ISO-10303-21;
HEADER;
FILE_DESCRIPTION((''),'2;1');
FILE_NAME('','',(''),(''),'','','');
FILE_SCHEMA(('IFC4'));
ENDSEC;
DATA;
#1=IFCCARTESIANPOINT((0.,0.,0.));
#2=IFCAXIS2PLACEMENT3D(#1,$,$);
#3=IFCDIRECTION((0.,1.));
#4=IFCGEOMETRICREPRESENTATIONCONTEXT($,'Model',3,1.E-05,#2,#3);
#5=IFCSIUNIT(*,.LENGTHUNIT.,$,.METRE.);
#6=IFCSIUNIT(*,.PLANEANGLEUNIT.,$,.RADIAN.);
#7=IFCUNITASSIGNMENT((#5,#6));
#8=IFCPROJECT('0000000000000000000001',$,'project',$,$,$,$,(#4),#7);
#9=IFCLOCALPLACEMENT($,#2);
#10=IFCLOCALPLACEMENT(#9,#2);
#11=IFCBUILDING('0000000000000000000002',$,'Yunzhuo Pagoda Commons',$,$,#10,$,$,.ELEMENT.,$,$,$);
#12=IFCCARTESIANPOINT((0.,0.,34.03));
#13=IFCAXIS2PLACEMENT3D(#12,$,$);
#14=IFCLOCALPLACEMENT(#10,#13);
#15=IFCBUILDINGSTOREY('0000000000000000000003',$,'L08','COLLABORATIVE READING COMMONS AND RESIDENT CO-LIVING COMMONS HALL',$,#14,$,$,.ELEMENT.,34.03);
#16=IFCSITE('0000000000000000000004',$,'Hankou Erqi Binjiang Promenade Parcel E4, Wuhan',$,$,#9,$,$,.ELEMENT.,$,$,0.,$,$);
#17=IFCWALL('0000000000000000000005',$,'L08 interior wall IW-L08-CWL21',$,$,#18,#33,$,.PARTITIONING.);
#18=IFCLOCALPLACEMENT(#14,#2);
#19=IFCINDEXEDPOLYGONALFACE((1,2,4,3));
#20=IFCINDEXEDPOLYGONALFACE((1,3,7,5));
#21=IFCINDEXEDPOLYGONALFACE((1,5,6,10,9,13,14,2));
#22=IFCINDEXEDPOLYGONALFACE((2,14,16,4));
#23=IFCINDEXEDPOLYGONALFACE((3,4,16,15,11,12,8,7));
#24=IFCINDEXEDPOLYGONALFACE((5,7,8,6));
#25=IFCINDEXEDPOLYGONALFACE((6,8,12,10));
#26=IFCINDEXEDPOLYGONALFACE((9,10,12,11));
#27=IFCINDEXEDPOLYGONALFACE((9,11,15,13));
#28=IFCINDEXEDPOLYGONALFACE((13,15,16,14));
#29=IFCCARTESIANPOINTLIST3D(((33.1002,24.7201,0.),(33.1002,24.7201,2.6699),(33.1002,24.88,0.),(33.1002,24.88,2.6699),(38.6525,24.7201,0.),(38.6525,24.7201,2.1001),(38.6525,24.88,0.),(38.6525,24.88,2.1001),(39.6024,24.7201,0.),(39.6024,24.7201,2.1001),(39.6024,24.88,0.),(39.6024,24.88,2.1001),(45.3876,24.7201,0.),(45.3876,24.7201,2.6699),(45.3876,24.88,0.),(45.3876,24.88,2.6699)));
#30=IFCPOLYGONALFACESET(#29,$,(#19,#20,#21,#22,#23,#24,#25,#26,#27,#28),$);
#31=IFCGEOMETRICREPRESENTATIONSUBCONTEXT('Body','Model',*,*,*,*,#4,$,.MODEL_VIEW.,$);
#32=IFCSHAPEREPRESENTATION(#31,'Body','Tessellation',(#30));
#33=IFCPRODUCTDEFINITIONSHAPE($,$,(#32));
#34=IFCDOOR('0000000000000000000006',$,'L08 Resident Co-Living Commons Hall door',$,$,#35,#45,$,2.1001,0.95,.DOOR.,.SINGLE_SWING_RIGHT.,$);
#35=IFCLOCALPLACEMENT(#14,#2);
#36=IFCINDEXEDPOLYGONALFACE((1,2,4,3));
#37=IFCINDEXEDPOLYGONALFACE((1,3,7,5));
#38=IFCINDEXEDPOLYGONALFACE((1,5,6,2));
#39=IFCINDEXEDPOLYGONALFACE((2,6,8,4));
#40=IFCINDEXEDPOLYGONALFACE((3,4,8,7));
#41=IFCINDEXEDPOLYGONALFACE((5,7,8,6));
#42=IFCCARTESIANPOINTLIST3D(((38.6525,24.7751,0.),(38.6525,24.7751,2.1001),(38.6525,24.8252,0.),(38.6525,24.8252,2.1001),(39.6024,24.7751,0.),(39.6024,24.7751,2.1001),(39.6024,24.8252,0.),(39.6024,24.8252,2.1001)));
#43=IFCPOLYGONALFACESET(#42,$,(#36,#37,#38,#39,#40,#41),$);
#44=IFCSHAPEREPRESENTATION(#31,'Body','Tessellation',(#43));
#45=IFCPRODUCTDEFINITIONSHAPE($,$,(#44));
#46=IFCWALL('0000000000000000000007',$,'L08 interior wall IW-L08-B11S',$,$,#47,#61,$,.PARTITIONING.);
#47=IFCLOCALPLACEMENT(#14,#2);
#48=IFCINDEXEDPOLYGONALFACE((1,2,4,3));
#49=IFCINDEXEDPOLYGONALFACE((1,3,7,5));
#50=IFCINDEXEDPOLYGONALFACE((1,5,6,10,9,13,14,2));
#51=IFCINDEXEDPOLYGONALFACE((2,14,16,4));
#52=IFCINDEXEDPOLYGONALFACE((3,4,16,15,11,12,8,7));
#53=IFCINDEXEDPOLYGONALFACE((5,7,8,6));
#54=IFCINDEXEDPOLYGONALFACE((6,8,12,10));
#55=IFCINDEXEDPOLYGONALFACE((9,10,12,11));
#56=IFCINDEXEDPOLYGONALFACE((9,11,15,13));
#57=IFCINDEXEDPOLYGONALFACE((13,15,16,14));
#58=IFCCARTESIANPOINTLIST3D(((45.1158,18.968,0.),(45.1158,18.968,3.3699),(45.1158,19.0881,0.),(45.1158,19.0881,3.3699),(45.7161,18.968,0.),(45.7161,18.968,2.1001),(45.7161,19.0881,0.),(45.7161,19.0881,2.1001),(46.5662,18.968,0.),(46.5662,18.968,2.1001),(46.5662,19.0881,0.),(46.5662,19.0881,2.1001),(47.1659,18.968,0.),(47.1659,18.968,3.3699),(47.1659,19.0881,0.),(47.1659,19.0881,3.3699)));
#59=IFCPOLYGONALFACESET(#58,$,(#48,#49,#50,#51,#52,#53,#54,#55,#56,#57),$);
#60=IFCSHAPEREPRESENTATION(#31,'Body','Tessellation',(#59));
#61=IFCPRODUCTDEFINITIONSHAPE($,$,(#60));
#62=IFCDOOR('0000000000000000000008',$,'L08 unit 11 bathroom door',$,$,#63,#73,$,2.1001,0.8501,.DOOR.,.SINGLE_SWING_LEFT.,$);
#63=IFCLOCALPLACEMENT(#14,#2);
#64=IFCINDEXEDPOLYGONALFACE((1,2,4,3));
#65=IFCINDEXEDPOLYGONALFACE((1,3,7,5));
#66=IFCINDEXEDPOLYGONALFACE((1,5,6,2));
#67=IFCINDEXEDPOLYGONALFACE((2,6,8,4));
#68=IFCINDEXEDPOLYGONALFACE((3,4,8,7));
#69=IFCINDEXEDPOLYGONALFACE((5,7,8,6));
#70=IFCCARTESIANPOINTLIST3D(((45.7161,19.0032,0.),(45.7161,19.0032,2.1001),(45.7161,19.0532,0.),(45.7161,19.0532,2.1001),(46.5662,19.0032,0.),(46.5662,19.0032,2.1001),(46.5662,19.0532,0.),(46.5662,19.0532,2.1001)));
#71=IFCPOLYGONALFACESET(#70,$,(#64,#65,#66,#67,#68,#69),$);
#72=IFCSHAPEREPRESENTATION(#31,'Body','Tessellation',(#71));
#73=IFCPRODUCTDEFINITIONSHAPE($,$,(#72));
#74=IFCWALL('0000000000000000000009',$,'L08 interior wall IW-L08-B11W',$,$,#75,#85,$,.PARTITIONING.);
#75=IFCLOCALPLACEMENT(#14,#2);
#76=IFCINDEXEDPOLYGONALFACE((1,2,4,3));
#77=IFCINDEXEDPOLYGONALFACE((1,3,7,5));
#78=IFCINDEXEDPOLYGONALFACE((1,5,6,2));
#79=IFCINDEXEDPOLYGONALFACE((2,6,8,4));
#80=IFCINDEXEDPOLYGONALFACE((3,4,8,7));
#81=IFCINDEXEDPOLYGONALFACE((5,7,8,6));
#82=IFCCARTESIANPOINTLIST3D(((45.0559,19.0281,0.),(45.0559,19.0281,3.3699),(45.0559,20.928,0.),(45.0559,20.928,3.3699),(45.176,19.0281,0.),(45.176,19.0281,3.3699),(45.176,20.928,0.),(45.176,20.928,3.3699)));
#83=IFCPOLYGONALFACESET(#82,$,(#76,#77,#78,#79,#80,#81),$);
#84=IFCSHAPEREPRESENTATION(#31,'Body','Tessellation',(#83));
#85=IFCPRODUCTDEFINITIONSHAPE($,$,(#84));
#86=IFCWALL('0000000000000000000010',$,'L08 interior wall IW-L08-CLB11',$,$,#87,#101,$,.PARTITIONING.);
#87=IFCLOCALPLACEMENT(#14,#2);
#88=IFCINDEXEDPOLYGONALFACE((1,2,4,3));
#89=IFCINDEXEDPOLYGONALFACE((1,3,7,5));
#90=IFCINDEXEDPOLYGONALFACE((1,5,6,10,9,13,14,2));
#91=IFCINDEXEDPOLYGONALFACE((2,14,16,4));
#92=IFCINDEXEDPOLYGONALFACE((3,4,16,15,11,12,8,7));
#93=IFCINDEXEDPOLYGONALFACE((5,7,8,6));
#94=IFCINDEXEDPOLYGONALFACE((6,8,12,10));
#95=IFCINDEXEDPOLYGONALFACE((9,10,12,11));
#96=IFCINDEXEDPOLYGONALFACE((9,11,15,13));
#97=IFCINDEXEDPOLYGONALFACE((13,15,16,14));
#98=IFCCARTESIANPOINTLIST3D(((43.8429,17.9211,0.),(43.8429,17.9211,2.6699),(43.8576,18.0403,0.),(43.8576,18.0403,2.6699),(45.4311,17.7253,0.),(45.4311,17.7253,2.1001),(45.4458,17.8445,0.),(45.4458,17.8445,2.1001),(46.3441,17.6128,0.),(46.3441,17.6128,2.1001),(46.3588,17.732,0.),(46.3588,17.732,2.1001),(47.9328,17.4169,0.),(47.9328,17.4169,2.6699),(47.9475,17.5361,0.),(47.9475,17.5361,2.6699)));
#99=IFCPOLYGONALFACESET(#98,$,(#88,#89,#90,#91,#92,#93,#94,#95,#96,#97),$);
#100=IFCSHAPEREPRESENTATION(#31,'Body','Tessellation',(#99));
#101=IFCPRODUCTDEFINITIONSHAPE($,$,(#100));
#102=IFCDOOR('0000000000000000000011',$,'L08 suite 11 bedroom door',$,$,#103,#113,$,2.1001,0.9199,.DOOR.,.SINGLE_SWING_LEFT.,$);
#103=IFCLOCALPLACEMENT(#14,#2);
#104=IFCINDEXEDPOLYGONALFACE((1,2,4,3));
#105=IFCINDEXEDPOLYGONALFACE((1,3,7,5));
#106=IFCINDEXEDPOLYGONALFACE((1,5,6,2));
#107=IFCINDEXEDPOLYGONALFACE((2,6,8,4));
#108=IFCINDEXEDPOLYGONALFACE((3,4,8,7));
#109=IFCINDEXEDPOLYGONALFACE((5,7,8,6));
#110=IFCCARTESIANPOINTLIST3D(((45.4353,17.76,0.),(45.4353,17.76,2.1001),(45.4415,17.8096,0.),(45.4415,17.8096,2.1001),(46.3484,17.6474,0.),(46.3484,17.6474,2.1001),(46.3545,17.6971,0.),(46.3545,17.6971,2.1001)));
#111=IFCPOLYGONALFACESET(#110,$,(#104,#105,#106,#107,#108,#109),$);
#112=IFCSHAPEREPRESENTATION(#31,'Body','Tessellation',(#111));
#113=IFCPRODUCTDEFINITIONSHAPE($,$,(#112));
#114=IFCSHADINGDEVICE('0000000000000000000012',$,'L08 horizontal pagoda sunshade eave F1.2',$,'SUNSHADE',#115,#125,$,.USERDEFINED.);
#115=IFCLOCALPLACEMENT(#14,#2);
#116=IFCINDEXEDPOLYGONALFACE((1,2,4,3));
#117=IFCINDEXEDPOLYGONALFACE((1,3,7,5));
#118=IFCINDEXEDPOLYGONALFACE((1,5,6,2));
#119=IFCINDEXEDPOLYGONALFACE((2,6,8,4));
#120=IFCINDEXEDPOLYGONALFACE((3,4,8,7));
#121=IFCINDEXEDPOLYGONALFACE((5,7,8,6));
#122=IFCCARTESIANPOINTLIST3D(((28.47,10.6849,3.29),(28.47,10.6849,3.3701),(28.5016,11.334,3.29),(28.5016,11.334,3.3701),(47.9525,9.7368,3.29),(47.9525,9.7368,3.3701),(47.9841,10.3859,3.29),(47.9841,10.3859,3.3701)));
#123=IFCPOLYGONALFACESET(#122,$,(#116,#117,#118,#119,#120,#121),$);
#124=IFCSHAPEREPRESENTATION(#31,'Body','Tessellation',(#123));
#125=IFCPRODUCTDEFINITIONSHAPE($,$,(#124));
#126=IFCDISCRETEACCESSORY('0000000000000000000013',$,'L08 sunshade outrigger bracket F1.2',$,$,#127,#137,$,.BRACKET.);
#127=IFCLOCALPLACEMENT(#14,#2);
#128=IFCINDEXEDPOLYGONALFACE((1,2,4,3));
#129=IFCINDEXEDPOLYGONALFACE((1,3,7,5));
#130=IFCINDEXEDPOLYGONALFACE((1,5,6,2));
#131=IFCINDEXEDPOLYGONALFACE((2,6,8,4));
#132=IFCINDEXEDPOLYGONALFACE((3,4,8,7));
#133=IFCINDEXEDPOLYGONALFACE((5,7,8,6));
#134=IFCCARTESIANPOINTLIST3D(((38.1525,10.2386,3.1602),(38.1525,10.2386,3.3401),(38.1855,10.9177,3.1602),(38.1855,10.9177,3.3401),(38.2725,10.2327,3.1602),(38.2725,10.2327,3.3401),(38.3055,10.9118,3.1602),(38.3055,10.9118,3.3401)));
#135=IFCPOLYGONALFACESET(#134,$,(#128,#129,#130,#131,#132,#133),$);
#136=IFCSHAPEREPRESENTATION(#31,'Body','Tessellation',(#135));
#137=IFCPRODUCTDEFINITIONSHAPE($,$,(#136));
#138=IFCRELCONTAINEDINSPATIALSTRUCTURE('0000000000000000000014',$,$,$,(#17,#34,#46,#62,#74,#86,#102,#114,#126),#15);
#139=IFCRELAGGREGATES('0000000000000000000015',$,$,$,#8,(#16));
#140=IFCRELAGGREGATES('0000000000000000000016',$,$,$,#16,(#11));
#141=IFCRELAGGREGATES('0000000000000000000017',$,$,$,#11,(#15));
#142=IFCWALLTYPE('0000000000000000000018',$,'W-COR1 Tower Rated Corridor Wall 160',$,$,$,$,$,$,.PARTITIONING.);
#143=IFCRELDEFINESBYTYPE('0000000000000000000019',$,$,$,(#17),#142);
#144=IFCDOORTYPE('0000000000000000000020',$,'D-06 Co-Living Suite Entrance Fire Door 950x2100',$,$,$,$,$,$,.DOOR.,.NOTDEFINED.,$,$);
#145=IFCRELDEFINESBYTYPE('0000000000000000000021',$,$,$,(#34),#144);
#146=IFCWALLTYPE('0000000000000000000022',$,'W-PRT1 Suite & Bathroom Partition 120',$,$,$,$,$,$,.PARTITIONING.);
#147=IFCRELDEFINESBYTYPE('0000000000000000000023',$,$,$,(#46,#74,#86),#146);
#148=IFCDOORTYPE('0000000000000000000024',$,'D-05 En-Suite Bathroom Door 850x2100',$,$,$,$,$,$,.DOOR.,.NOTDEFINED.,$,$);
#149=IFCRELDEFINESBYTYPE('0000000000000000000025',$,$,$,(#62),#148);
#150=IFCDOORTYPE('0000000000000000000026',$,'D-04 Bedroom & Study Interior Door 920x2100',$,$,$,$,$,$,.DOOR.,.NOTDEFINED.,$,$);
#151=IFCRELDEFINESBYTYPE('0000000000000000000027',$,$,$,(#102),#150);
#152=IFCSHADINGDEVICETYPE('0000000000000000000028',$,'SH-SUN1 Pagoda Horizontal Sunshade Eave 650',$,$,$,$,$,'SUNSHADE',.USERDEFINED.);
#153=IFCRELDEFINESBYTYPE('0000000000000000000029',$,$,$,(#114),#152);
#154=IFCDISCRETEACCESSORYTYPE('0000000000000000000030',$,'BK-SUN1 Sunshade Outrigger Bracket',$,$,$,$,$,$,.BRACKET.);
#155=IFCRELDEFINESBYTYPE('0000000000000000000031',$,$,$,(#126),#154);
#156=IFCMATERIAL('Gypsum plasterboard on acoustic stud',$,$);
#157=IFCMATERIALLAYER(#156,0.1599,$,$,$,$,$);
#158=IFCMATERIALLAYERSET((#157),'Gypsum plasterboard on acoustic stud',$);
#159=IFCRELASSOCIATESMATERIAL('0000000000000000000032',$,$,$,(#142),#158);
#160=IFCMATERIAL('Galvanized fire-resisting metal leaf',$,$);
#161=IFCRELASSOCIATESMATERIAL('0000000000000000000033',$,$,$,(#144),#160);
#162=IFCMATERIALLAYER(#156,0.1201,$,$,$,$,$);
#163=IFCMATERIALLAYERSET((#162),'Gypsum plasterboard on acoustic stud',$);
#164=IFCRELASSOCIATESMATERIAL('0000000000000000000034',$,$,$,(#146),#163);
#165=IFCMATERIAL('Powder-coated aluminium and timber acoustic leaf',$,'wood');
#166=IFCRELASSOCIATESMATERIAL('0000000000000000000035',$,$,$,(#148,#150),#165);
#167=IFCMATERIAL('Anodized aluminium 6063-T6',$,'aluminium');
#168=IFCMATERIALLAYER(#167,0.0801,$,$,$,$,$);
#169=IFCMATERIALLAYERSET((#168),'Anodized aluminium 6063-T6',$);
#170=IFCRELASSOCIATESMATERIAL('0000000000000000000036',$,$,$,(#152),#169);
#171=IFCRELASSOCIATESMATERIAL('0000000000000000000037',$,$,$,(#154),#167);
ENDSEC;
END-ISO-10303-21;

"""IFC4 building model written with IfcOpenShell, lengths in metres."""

from ifc_helpers import new_model, si_unit, direction, frame, frame_2d, origin, origin_with_axes, origin_2d, place, context, subcontext, project, spatial, rectangle, extrude, source, transform, mapped, material, layer, layer_set, type_object, element, fill, save


model = new_model("IFC4")

# Units and contexts
model_context = context("Model", 3, precision=1e-05, world=origin(), true_north=direction((0.0, 1.0)))
body_context = subcontext(model_context, "Body", "Model", "MODEL_VIEW")
ifc_project = project(units=[si_unit("LENGTHUNIT", "METRE"), si_unit("PLANEANGLEUNIT", "RADIAN")], contexts=[model_context])

# Site, building, storey
site_placement = place(None, origin())
site = spatial("IfcSite", under=ifc_project, at=site_placement, Name="Hankou Erqi Binjiang Promenade Parcel E4, Wuhan", CompositionType="ELEMENT", RefElevation=0.0)
building_placement = place(site_placement, origin())
building = spatial("IfcBuilding", under=site, at=building_placement, Name="Yunzhuo Pagoda Commons", CompositionType="ELEMENT")
storey_placement = place(building_placement, frame((0.0, 0.0, 34.03)))
storey = spatial("IfcBuildingStorey", under=building, at=storey_placement, Name="L08", Description="COLLABORATIVE READING COMMONS AND RESIDENT CO-LIVING COMMONS HALL", CompositionType="ELEMENT", Elevation=34.03)

# Shared definitions
ifc_material_1 = material(Name="Anodized aluminium 6063-T6", Category="aluminium")

# Walls, openings, doors
ifc_material_2 = material(Name="Gypsum plasterboard on acoustic stud")
ifc_layer_1 = layer(ifc_material_2, 0.1599)
ifc_layer_set_1 = layer_set([ifc_layer_1], Name="Gypsum plasterboard on acoustic stud")
wall_type_1 = type_object("IfcWallType", Name="W-COR1 Tower Rated Corridor Wall 160", PredefinedType="PARTITIONING", material=ifc_layer_set_1)
wall_1_placement = place(storey_placement, frame((45.3875, 24.8, 0.0), z_axis=(0.0, 0.0, 1.0), x_axis=(-1.0, 0.0, 0.0)))
wall_1 = element("IfcWall", 1, at=wall_1_placement, inside=storey, type_object=wall_type_1, Name="L08 interior wall IW-L08-CWL21", PredefinedType="PARTITIONING", context=body_context, shape_type="SweptSolid", body=[
    extrude(rectangle(XDim=12.2874, YDim=0.1599, at=frame_2d((6.1436, 0.0))), origin(), (0.0, 0.0, 1.0), 2.6699),
])
opening_1_placement = place(wall_1_placement, frame((5.7849, 0.0, 0.0)))
opening_1 = element("IfcOpeningElement", 2, at=opening_1_placement, cuts=wall_1, PredefinedType="OPENING", context=body_context, shape_type="SweptSolid", body=[
    extrude(rectangle(XDim=0.95, YDim=2.1001, at=frame_2d((0.4751, 1.05))), frame((0.0, 0.0898, 0.0), z_axis=(0.0, -1.0, 0.0), x_axis=(1.0, 0.0, 0.0)), (0.0, 0.0, 1.0), 0.1799),
])
ifc_material_3 = material(Name="Galvanized fire-resisting metal leaf")
door_type_1 = type_object("IfcDoorType", Name="D-06 Co-Living Suite Entrance Fire Door 950x2100", OperationType="NOTDEFINED", PredefinedType="DOOR", material=ifc_material_3)
shared_shape_1 = source(origin(), body_context, "Body", "SweptSolid", [
    extrude(rectangle(XDim=0.95, YDim=2.1001, at=frame_2d((0.4751, 1.05))), frame((0.0, 0.0249, 0.0), z_axis=(0.0, -1.0, 0.0), x_axis=(1.0, 0.0, 0.0)), (0.0, 0.0, 1.0), 0.05),
])
door_1_placement = place(opening_1_placement, origin_with_axes())
door_1 = element("IfcDoor", 3, at=door_1_placement, inside=storey, type_object=door_type_1, Name="L08 Resident Co-Living Commons Hall door", OperationType="SINGLE_SWING_RIGHT", OverallHeight=2.1001, OverallWidth=0.95, PredefinedType="DOOR", context=body_context, shape_type="MappedRepresentation", body=[
    mapped(shared_shape_1, transform((0.0, 0.0, 0.0), scale=1.0)),
])
fill(opening_1, door_1)
ifc_layer_2 = layer(ifc_material_2, 0.1201)
ifc_layer_set_2 = layer_set([ifc_layer_2], Name="Gypsum plasterboard on acoustic stud")
wall_type_2 = type_object("IfcWallType", Name="W-PRT1 Suite & Bathroom Partition 120", PredefinedType="PARTITIONING", material=ifc_layer_set_2)
wall_2_placement = place(storey_placement, frame((45.116, 19.0281, 0.0), z_axis=(0.0, 0.0, 1.0), x_axis=(1.0, 0.0, 0.0)))
wall_2 = element("IfcWall", 4, at=wall_2_placement, inside=storey, type_object=wall_type_2, Name="L08 interior wall IW-L08-B11S", PredefinedType="PARTITIONING", context=body_context, shape_type="SweptSolid", body=[
    extrude(rectangle(XDim=2.05, YDim=0.1201, at=frame_2d((1.0249, 0.0))), origin(), (0.0, 0.0, 1.0), 3.3699),
])
opening_2_placement = place(wall_2_placement, frame((0.6001, 0.0, 0.0)))
opening_2 = element("IfcOpeningElement", 5, at=opening_2_placement, cuts=wall_2, PredefinedType="OPENING", context=body_context, shape_type="SweptSolid", body=[
    extrude(rectangle(XDim=0.8501, YDim=2.1001, at=frame_2d((0.425, 1.05))), frame((0.0, 0.0701, 0.0), z_axis=(0.0, -1.0, 0.0), x_axis=(1.0, 0.0, 0.0)), (0.0, 0.0, 1.0), 0.1401),
])
ifc_material_4 = material(Name="Powder-coated aluminium and timber acoustic leaf", Category="wood")
door_type_2 = type_object("IfcDoorType", Name="D-05 En-Suite Bathroom Door 850x2100", OperationType="NOTDEFINED", PredefinedType="DOOR", material=ifc_material_4)
shared_shape_2 = source(origin(), body_context, "Body", "SweptSolid", [
    extrude(rectangle(XDim=0.8501, YDim=2.1001, at=frame_2d((0.425, 1.05))), frame((0.0, 0.0249, 0.0), z_axis=(0.0, -1.0, 0.0), x_axis=(1.0, 0.0, 0.0)), (0.0, 0.0, 1.0), 0.05),
])
door_2_placement = place(opening_2_placement, frame((0.8501, 0.0, 0.0), z_axis=(0.0, 0.0, 1.0), x_axis=(-1.0, 0.0, 0.0)))
door_2 = element("IfcDoor", 6, at=door_2_placement, inside=storey, type_object=door_type_2, Name="L08 unit 11 bathroom door", OperationType="SINGLE_SWING_LEFT", OverallHeight=2.1001, OverallWidth=0.8501, PredefinedType="DOOR", context=body_context, shape_type="MappedRepresentation", body=[
    mapped(shared_shape_2, transform((0.0, 0.0, 0.0), scale=1.0)),
])
fill(opening_2, door_2)

# Wall
wall_3_placement = place(storey_placement, frame((45.116, 20.928, 0.0), z_axis=(0.0, 0.0, 1.0), x_axis=(0.0, -1.0, 0.0)))
element("IfcWall", 7, at=wall_3_placement, inside=storey, type_object=wall_type_2, Name="L08 interior wall IW-L08-B11W", PredefinedType="PARTITIONING", context=body_context, shape_type="SweptSolid", body=[
    extrude(rectangle(XDim=1.8999, YDim=0.1201, at=frame_2d((0.95, 0.0))), origin(), (0.0, 0.0, 1.0), 3.3699),
])

# Wall, opening, door
wall_4_placement = place(storey_placement, frame((43.8501, 17.9807, 0.0), z_axis=(0.0, 0.0, 1.0), x_axis=(0.992488, -0.122343, 0.0)))
wall_4 = element("IfcWall", 8, at=wall_4_placement, inside=storey, type_object=wall_type_2, Name="L08 interior wall IW-L08-CLB11", PredefinedType="PARTITIONING", context=body_context, shape_type="SweptSolid", body=[
    extrude(rectangle(XDim=4.1208, YDim=0.1201, at=frame_2d((2.0605, 0.0))), origin(), (0.0, 0.0, 1.0), 2.6699),
])
opening_3_placement = place(wall_4_placement, frame((1.6003, 0.0, 0.0)))
opening_3 = element("IfcOpeningElement", 9, at=opening_3_placement, cuts=wall_4, PredefinedType="OPENING", context=body_context, shape_type="SweptSolid", body=[
    extrude(rectangle(XDim=0.9199, YDim=2.1001, at=frame_2d((0.46, 1.05))), frame((0.0, 0.0701, 0.0), z_axis=(0.0, -1.0, 0.0), x_axis=(1.0, 0.0, 0.0)), (0.0, 0.0, 1.0), 0.1401),
])
door_type_3 = type_object("IfcDoorType", Name="D-04 Bedroom & Study Interior Door 920x2100", OperationType="NOTDEFINED", PredefinedType="DOOR", material=ifc_material_4)
shared_shape_3 = source(origin(), body_context, "Body", "SweptSolid", [
    extrude(rectangle(XDim=0.9199, YDim=2.1001, at=frame_2d((0.46, 1.05))), frame((0.0, 0.0249, 0.0), z_axis=(0.0, -1.0, 0.0), x_axis=(1.0, 0.0, 0.0)), (0.0, 0.0, 1.0), 0.05),
])
door_3_placement = place(opening_3_placement, origin_with_axes())
door_3 = element("IfcDoor", 10, at=door_3_placement, inside=storey, type_object=door_type_3, Name="L08 suite 11 bedroom door", OperationType="SINGLE_SWING_LEFT", OverallHeight=2.1001, OverallWidth=0.9199, PredefinedType="DOOR", context=body_context, shape_type="MappedRepresentation", body=[
    mapped(shared_shape_3, transform((0.0, 0.0, 0.0), scale=1.0)),
])
fill(opening_3, door_3)

# Shading device
ifc_layer_3 = layer(ifc_material_1, 0.0801)
ifc_layer_set_3 = layer_set([ifc_layer_3], Name="Anodized aluminium 6063-T6")
shading_device_type = type_object("IfcShadingDeviceType", Name="SH-SUN1 Pagoda Horizontal Sunshade Eave 650", ElementType="SUNSHADE", PredefinedType="USERDEFINED", material=ifc_layer_set_3)
shared_shape_4 = source(origin(), body_context, "Body", "SweptSolid", [
    extrude(rectangle(XDim=19.5056, YDim=0.6499, at=origin_2d()), origin(), (0.0, 0.0, 1.0), 0.0801),
])
shading_device_placement = place(storey_placement, frame((38.2271, 10.5354, 3.29), z_axis=(0.0, 0.0, 1.0), x_axis=(0.998818, -0.048606, 0.0)))
element("IfcShadingDevice", 11, at=shading_device_placement, inside=storey, type_object=shading_device_type, Name="L08 horizontal pagoda sunshade eave F1.2", ObjectType="SUNSHADE", PredefinedType="USERDEFINED", context=body_context, shape_type="MappedRepresentation", body=[
    mapped(shared_shape_4, transform((0.0, 0.0, 0.0), scale=1.0)),
])

# Discrete accessory
discrete_accessory_type = type_object("IfcDiscreteAccessoryType", Name="BK-SUN1 Sunshade Outrigger Bracket", PredefinedType="BRACKET", material=ifc_material_1)
shared_shape_5 = source(origin(), body_context, "Body", "SweptSolid", [
    extrude(rectangle(XDim=0.1201, YDim=0.6799, at=origin_2d()), origin(), (0.0, 0.0, 1.0), 0.1799),
])
discrete_accessory_placement = place(storey_placement, frame((38.229, 10.5752, 3.1602), z_axis=(0.0, 0.0, 1.0), x_axis=(0.998818, -0.048606, 0.0)))
element("IfcDiscreteAccessory", 12, at=discrete_accessory_placement, inside=storey, type_object=discrete_accessory_type, Name="L08 sunshade outrigger bracket F1.2", PredefinedType="BRACKET", context=body_context, shape_type="MappedRepresentation", body=[
    mapped(shared_shape_5, transform((0.0, 0.0, 0.0), scale=1.0)),
])

save(model, "model.ifc")
